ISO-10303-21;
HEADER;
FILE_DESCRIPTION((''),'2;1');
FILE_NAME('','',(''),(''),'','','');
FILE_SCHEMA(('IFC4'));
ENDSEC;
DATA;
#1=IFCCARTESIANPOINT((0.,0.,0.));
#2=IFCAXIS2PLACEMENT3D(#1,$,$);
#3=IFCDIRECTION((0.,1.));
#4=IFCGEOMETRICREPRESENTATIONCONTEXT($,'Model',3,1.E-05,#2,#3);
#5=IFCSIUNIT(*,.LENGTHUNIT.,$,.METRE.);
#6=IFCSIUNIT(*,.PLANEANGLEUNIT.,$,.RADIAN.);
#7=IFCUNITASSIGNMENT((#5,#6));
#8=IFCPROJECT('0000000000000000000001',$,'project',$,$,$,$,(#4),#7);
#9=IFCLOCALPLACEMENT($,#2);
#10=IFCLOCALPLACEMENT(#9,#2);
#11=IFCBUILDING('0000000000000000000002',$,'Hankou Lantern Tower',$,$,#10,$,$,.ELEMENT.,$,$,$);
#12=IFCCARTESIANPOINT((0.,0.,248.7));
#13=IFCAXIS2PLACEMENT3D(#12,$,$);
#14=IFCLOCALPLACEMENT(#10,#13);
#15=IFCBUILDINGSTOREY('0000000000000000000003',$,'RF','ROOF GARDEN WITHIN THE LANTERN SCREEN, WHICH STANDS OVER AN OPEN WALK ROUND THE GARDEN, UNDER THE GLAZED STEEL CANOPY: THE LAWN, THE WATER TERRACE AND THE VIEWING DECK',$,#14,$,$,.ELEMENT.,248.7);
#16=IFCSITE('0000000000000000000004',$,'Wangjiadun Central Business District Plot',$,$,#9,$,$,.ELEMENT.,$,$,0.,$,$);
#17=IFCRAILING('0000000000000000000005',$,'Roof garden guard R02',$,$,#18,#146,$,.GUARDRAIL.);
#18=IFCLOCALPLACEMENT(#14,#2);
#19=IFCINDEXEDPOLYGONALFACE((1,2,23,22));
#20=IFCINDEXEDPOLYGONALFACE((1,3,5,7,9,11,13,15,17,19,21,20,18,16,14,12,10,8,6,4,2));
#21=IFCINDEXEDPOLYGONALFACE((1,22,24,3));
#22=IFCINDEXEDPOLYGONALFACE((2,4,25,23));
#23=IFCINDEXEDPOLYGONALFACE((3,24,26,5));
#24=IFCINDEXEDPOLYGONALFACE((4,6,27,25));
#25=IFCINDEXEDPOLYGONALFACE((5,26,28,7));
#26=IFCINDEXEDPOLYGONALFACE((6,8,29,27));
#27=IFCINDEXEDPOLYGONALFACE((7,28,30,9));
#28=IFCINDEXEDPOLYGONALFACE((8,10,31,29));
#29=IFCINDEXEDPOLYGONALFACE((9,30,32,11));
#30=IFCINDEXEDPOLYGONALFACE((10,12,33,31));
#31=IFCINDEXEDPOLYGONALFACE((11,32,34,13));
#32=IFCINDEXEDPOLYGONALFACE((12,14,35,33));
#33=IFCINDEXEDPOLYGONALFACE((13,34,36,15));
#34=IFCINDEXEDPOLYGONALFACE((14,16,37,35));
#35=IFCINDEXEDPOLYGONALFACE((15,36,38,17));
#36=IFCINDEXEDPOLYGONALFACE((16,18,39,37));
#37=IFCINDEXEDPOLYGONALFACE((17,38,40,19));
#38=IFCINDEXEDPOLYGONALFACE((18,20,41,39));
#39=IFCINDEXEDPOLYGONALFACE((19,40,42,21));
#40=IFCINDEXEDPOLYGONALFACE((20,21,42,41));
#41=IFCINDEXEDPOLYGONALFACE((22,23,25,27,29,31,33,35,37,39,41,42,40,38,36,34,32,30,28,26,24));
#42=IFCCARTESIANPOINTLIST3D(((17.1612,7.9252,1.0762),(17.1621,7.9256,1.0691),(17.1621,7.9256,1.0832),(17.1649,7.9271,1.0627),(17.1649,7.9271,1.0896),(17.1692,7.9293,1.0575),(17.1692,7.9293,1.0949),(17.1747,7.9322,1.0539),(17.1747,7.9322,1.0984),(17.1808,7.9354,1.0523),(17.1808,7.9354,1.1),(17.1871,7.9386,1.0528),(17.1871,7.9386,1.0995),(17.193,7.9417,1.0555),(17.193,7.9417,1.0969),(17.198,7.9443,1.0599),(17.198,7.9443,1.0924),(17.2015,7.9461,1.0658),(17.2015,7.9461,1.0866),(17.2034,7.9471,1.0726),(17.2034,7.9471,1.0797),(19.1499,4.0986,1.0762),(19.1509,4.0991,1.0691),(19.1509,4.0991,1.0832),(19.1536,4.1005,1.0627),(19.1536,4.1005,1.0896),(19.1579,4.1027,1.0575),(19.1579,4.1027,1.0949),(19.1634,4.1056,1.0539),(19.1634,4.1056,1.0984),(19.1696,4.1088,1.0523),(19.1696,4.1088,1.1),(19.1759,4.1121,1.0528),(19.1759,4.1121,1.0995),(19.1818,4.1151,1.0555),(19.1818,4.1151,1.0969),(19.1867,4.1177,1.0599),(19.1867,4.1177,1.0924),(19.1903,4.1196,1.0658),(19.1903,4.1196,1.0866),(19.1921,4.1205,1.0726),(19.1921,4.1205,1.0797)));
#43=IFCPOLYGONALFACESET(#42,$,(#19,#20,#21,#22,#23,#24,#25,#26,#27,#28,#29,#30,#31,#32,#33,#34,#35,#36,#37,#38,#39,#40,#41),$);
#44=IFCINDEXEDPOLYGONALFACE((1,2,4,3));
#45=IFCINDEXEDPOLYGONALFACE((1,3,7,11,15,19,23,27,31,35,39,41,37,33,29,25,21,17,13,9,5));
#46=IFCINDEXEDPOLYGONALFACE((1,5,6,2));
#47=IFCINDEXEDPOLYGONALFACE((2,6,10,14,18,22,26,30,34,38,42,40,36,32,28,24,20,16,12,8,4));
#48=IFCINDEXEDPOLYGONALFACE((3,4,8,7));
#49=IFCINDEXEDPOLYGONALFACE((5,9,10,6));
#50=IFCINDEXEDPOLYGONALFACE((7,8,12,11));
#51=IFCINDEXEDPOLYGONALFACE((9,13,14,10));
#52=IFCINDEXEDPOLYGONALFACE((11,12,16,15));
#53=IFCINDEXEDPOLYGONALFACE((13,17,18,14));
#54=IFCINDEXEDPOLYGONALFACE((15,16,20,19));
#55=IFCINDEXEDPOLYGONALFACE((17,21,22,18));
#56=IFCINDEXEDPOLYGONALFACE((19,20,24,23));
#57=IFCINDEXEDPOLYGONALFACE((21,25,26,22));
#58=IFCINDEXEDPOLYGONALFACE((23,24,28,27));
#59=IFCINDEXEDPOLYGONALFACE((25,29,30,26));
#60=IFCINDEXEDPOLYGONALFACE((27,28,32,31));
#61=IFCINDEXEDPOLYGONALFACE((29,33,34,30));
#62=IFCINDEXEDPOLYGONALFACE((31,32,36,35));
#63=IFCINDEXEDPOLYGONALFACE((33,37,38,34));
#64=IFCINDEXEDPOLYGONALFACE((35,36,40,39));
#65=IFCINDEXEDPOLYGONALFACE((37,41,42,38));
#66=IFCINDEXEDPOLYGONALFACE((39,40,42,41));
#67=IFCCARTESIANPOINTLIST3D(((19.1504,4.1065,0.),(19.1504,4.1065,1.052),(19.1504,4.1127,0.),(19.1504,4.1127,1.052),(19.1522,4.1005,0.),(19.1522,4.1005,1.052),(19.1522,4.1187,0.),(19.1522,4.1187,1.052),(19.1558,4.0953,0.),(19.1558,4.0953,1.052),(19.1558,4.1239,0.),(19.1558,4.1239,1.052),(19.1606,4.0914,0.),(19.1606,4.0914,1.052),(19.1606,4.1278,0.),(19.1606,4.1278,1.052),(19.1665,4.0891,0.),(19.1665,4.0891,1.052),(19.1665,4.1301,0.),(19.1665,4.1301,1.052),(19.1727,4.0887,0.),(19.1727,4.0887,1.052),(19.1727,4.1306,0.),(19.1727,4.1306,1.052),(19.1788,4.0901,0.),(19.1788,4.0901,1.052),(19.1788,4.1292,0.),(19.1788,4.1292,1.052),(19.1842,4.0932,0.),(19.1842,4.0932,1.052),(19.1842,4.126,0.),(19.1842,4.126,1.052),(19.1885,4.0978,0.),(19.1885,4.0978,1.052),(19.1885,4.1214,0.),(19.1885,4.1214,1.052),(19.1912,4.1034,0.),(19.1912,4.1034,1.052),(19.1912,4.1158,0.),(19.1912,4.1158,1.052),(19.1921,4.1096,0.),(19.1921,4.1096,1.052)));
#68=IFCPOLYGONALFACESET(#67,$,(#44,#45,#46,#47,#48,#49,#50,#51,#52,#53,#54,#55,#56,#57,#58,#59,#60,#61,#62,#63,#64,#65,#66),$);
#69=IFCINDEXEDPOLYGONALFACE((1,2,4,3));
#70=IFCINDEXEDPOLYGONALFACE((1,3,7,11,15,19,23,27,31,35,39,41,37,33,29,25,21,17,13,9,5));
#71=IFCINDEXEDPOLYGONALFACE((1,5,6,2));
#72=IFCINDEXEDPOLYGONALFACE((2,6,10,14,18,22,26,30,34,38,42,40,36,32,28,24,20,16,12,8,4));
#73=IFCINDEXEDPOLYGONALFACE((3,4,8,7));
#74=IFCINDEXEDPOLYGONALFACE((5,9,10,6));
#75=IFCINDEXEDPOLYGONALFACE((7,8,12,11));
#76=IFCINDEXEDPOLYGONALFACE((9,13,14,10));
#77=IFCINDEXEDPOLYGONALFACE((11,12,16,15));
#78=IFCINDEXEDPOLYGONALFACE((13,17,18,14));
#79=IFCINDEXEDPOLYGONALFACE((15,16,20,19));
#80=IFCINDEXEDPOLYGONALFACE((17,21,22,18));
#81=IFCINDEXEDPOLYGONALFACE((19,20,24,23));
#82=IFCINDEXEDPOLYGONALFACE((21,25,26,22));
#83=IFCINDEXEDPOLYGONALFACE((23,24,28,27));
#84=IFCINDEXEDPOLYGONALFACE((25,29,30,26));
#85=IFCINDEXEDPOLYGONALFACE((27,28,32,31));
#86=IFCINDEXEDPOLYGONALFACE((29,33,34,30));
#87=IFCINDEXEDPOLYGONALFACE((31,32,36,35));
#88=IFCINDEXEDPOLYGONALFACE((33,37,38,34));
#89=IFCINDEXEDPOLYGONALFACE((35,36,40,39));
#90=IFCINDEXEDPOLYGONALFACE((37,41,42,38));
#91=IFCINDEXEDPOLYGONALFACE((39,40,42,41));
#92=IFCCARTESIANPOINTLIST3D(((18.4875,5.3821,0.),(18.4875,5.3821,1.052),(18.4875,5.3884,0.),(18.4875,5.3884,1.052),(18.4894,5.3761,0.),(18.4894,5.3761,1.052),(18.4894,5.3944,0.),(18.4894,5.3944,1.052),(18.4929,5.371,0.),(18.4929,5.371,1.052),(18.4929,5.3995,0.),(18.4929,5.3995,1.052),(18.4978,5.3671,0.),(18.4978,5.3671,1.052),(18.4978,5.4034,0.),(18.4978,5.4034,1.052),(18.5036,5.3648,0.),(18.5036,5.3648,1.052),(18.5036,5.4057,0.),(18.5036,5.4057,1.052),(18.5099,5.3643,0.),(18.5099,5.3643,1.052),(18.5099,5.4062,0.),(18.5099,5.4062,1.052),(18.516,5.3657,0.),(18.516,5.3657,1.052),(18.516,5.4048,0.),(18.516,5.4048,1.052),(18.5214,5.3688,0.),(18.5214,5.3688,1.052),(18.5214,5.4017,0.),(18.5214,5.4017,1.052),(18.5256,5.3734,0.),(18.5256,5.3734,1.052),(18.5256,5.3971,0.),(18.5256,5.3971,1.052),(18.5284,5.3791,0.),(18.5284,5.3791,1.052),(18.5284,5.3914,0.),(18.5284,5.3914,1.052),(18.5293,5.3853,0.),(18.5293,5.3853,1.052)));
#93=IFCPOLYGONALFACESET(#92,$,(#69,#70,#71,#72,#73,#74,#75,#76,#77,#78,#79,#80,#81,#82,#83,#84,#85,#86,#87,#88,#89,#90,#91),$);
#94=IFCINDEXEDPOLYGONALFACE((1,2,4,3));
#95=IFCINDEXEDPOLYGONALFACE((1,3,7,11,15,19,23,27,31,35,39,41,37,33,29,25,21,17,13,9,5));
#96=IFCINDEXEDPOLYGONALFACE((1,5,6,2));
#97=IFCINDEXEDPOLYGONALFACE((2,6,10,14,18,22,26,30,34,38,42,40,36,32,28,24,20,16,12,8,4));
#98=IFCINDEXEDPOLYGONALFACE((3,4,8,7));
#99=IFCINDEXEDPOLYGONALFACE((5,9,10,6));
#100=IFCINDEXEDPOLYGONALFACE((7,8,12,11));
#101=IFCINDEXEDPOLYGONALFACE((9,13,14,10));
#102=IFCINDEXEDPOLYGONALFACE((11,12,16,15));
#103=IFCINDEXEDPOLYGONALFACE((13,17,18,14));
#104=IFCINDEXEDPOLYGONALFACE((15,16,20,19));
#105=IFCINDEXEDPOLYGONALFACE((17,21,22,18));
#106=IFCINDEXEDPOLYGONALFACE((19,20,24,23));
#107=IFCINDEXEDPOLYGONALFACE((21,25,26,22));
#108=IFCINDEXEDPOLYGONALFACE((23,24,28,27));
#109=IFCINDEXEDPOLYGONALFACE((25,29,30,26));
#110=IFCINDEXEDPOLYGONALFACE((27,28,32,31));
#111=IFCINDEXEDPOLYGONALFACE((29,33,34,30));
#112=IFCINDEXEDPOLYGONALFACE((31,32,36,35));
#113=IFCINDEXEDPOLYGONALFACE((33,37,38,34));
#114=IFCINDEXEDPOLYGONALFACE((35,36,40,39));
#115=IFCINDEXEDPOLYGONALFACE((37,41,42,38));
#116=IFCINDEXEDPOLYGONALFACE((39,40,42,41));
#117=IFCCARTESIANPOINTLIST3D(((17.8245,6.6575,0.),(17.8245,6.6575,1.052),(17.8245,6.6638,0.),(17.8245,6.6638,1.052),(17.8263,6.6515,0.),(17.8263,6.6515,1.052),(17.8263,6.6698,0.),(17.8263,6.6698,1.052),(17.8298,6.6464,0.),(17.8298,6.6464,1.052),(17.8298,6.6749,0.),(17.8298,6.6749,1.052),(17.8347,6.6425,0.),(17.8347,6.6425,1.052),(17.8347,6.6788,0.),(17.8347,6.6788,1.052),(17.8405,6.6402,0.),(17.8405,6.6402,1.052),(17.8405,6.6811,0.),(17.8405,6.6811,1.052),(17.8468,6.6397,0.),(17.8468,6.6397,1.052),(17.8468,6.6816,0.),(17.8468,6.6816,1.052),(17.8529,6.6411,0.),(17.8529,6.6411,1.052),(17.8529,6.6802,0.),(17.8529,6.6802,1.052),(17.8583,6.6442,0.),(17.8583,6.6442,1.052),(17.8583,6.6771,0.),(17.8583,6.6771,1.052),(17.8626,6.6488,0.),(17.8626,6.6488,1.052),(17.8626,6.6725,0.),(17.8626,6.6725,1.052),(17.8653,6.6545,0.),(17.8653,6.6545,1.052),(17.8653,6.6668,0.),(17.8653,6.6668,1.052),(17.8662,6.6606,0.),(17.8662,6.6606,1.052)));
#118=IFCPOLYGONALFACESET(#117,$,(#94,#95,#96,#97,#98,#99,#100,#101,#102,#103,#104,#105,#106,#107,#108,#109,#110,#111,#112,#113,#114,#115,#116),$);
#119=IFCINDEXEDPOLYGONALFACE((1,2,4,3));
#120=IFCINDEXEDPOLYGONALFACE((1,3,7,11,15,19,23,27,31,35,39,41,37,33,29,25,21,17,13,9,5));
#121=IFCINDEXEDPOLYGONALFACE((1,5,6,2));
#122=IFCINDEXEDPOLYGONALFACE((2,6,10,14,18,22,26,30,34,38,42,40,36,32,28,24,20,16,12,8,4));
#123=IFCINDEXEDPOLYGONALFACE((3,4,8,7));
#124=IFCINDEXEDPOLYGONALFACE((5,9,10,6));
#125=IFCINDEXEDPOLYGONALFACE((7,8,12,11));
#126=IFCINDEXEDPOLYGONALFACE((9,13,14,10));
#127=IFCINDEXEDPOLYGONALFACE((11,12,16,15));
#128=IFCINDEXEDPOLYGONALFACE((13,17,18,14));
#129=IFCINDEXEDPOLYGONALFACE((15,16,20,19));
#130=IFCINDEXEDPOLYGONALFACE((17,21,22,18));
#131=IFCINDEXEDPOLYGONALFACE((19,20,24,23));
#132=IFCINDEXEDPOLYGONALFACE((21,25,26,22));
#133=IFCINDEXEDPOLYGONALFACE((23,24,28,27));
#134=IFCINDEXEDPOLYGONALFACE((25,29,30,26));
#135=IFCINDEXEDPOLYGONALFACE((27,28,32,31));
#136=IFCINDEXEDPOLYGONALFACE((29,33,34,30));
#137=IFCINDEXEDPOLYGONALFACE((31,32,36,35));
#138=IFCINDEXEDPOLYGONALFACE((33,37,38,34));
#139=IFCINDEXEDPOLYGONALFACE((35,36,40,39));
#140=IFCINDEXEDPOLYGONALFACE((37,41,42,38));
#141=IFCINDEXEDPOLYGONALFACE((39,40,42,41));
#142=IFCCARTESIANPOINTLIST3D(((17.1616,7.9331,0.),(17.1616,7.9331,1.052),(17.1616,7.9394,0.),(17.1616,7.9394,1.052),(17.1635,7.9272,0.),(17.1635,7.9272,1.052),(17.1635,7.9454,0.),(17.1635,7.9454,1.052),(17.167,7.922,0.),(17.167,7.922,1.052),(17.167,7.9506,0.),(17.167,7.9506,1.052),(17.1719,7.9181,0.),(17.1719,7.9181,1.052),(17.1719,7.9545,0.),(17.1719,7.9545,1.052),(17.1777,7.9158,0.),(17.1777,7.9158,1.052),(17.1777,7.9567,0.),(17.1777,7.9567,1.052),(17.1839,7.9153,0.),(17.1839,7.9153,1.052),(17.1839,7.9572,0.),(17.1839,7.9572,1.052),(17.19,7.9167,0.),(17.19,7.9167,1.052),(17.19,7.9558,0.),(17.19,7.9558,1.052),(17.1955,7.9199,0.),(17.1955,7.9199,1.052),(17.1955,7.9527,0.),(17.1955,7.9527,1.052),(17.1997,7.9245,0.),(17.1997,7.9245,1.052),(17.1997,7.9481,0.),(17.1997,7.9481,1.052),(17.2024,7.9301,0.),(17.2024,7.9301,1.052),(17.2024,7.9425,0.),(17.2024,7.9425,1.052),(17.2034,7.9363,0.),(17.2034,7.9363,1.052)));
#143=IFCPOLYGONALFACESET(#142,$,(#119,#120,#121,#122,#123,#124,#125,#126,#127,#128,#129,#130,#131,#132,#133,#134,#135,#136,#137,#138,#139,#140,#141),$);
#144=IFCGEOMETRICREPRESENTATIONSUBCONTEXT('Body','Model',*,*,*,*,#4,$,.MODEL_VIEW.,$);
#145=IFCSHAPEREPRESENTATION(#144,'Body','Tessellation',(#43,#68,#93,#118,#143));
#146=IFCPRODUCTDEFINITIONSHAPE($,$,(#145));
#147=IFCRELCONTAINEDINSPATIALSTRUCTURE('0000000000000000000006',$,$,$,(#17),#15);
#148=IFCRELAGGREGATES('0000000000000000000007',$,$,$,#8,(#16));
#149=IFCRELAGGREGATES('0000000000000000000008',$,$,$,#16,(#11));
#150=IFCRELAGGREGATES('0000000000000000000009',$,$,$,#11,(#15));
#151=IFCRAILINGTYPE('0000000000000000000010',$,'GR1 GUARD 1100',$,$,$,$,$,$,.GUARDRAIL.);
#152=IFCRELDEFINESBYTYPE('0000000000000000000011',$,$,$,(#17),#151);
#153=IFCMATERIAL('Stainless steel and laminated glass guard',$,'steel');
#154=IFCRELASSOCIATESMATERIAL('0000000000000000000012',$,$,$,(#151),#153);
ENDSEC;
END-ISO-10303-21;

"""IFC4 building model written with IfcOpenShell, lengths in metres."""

from ifc_helpers import new_model, si_unit, direction, frame, origin, origin_2d, place, context, subcontext, project, spatial, circle, extrude, material, type_object, element, save


model = new_model("IFC4")

# Units and contexts
model_context = context("Model", 3, precision=1e-05, world=origin(), true_north=direction((0.0, 1.0)))
body_context = subcontext(model_context, "Body", "Model", "MODEL_VIEW")
ifc_project = project(units=[si_unit("LENGTHUNIT", "METRE"), si_unit("PLANEANGLEUNIT", "RADIAN")], contexts=[model_context])

# Site, building, storey
site_placement = place(None, origin())
site = spatial("IfcSite", under=ifc_project, at=site_placement, Name="Wangjiadun Central Business District Plot", CompositionType="ELEMENT", RefElevation=0.0)
building_placement = place(site_placement, origin())
building = spatial("IfcBuilding", under=site, at=building_placement, Name="Hankou Lantern Tower", CompositionType="ELEMENT")
storey_placement = place(building_placement, frame((0.0, 0.0, 248.7)))
storey = spatial("IfcBuildingStorey", under=building, at=storey_placement, Name="RF", Description="ROOF GARDEN WITHIN THE LANTERN SCREEN, WHICH STANDS OVER AN OPEN WALK ROUND THE GARDEN, UNDER THE GLAZED STEEL CANOPY: THE LAWN, THE WATER TERRACE AND THE VIEWING DECK", CompositionType="ELEMENT", Elevation=248.7)

# Railing
ifc_material_1 = material(Name="Stainless steel and laminated glass guard", Category="steel")
railing_type = type_object("IfcRailingType", Name="GR1 GUARD 1100", PredefinedType="GUARDRAIL", material=ifc_material_1)
railing_1_placement = place(storey_placement, frame((19.1711, 4.1096, 0.0)))
element("IfcRailing", 1, at=railing_1_placement, inside=storey, type_object=railing_type, Name="Roof garden guard R02", PredefinedType="GUARDRAIL", context=body_context, shape_type="SweptSolid", body=[
    extrude(circle(Radius=0.0239, at=origin_2d()), frame((0.0, 0.0, 1.0762), z_axis=(-0.461153, 0.887321, 0.0), x_axis=(-0.887321, -0.461153, 0.0)), (0.0, 0.0, 1.0), 4.3125),
    extrude(circle(Radius=0.021, at=origin_2d()), origin(), (0.0, 0.0, 1.0), 1.052),
    extrude(circle(Radius=0.021, at=origin_2d()), frame((-0.6628, 1.2756, 0.0)), (0.0, 0.0, 1.0), 1.052),
    extrude(circle(Radius=0.021, at=origin_2d()), frame((-1.3259, 2.551, 0.0)), (0.0, 0.0, 1.0), 1.052),
    extrude(circle(Radius=0.021, at=origin_2d()), frame((-1.9888, 3.8267, 0.0)), (0.0, 0.0, 1.0), 1.052),
])

save(model, "model.ifc")
